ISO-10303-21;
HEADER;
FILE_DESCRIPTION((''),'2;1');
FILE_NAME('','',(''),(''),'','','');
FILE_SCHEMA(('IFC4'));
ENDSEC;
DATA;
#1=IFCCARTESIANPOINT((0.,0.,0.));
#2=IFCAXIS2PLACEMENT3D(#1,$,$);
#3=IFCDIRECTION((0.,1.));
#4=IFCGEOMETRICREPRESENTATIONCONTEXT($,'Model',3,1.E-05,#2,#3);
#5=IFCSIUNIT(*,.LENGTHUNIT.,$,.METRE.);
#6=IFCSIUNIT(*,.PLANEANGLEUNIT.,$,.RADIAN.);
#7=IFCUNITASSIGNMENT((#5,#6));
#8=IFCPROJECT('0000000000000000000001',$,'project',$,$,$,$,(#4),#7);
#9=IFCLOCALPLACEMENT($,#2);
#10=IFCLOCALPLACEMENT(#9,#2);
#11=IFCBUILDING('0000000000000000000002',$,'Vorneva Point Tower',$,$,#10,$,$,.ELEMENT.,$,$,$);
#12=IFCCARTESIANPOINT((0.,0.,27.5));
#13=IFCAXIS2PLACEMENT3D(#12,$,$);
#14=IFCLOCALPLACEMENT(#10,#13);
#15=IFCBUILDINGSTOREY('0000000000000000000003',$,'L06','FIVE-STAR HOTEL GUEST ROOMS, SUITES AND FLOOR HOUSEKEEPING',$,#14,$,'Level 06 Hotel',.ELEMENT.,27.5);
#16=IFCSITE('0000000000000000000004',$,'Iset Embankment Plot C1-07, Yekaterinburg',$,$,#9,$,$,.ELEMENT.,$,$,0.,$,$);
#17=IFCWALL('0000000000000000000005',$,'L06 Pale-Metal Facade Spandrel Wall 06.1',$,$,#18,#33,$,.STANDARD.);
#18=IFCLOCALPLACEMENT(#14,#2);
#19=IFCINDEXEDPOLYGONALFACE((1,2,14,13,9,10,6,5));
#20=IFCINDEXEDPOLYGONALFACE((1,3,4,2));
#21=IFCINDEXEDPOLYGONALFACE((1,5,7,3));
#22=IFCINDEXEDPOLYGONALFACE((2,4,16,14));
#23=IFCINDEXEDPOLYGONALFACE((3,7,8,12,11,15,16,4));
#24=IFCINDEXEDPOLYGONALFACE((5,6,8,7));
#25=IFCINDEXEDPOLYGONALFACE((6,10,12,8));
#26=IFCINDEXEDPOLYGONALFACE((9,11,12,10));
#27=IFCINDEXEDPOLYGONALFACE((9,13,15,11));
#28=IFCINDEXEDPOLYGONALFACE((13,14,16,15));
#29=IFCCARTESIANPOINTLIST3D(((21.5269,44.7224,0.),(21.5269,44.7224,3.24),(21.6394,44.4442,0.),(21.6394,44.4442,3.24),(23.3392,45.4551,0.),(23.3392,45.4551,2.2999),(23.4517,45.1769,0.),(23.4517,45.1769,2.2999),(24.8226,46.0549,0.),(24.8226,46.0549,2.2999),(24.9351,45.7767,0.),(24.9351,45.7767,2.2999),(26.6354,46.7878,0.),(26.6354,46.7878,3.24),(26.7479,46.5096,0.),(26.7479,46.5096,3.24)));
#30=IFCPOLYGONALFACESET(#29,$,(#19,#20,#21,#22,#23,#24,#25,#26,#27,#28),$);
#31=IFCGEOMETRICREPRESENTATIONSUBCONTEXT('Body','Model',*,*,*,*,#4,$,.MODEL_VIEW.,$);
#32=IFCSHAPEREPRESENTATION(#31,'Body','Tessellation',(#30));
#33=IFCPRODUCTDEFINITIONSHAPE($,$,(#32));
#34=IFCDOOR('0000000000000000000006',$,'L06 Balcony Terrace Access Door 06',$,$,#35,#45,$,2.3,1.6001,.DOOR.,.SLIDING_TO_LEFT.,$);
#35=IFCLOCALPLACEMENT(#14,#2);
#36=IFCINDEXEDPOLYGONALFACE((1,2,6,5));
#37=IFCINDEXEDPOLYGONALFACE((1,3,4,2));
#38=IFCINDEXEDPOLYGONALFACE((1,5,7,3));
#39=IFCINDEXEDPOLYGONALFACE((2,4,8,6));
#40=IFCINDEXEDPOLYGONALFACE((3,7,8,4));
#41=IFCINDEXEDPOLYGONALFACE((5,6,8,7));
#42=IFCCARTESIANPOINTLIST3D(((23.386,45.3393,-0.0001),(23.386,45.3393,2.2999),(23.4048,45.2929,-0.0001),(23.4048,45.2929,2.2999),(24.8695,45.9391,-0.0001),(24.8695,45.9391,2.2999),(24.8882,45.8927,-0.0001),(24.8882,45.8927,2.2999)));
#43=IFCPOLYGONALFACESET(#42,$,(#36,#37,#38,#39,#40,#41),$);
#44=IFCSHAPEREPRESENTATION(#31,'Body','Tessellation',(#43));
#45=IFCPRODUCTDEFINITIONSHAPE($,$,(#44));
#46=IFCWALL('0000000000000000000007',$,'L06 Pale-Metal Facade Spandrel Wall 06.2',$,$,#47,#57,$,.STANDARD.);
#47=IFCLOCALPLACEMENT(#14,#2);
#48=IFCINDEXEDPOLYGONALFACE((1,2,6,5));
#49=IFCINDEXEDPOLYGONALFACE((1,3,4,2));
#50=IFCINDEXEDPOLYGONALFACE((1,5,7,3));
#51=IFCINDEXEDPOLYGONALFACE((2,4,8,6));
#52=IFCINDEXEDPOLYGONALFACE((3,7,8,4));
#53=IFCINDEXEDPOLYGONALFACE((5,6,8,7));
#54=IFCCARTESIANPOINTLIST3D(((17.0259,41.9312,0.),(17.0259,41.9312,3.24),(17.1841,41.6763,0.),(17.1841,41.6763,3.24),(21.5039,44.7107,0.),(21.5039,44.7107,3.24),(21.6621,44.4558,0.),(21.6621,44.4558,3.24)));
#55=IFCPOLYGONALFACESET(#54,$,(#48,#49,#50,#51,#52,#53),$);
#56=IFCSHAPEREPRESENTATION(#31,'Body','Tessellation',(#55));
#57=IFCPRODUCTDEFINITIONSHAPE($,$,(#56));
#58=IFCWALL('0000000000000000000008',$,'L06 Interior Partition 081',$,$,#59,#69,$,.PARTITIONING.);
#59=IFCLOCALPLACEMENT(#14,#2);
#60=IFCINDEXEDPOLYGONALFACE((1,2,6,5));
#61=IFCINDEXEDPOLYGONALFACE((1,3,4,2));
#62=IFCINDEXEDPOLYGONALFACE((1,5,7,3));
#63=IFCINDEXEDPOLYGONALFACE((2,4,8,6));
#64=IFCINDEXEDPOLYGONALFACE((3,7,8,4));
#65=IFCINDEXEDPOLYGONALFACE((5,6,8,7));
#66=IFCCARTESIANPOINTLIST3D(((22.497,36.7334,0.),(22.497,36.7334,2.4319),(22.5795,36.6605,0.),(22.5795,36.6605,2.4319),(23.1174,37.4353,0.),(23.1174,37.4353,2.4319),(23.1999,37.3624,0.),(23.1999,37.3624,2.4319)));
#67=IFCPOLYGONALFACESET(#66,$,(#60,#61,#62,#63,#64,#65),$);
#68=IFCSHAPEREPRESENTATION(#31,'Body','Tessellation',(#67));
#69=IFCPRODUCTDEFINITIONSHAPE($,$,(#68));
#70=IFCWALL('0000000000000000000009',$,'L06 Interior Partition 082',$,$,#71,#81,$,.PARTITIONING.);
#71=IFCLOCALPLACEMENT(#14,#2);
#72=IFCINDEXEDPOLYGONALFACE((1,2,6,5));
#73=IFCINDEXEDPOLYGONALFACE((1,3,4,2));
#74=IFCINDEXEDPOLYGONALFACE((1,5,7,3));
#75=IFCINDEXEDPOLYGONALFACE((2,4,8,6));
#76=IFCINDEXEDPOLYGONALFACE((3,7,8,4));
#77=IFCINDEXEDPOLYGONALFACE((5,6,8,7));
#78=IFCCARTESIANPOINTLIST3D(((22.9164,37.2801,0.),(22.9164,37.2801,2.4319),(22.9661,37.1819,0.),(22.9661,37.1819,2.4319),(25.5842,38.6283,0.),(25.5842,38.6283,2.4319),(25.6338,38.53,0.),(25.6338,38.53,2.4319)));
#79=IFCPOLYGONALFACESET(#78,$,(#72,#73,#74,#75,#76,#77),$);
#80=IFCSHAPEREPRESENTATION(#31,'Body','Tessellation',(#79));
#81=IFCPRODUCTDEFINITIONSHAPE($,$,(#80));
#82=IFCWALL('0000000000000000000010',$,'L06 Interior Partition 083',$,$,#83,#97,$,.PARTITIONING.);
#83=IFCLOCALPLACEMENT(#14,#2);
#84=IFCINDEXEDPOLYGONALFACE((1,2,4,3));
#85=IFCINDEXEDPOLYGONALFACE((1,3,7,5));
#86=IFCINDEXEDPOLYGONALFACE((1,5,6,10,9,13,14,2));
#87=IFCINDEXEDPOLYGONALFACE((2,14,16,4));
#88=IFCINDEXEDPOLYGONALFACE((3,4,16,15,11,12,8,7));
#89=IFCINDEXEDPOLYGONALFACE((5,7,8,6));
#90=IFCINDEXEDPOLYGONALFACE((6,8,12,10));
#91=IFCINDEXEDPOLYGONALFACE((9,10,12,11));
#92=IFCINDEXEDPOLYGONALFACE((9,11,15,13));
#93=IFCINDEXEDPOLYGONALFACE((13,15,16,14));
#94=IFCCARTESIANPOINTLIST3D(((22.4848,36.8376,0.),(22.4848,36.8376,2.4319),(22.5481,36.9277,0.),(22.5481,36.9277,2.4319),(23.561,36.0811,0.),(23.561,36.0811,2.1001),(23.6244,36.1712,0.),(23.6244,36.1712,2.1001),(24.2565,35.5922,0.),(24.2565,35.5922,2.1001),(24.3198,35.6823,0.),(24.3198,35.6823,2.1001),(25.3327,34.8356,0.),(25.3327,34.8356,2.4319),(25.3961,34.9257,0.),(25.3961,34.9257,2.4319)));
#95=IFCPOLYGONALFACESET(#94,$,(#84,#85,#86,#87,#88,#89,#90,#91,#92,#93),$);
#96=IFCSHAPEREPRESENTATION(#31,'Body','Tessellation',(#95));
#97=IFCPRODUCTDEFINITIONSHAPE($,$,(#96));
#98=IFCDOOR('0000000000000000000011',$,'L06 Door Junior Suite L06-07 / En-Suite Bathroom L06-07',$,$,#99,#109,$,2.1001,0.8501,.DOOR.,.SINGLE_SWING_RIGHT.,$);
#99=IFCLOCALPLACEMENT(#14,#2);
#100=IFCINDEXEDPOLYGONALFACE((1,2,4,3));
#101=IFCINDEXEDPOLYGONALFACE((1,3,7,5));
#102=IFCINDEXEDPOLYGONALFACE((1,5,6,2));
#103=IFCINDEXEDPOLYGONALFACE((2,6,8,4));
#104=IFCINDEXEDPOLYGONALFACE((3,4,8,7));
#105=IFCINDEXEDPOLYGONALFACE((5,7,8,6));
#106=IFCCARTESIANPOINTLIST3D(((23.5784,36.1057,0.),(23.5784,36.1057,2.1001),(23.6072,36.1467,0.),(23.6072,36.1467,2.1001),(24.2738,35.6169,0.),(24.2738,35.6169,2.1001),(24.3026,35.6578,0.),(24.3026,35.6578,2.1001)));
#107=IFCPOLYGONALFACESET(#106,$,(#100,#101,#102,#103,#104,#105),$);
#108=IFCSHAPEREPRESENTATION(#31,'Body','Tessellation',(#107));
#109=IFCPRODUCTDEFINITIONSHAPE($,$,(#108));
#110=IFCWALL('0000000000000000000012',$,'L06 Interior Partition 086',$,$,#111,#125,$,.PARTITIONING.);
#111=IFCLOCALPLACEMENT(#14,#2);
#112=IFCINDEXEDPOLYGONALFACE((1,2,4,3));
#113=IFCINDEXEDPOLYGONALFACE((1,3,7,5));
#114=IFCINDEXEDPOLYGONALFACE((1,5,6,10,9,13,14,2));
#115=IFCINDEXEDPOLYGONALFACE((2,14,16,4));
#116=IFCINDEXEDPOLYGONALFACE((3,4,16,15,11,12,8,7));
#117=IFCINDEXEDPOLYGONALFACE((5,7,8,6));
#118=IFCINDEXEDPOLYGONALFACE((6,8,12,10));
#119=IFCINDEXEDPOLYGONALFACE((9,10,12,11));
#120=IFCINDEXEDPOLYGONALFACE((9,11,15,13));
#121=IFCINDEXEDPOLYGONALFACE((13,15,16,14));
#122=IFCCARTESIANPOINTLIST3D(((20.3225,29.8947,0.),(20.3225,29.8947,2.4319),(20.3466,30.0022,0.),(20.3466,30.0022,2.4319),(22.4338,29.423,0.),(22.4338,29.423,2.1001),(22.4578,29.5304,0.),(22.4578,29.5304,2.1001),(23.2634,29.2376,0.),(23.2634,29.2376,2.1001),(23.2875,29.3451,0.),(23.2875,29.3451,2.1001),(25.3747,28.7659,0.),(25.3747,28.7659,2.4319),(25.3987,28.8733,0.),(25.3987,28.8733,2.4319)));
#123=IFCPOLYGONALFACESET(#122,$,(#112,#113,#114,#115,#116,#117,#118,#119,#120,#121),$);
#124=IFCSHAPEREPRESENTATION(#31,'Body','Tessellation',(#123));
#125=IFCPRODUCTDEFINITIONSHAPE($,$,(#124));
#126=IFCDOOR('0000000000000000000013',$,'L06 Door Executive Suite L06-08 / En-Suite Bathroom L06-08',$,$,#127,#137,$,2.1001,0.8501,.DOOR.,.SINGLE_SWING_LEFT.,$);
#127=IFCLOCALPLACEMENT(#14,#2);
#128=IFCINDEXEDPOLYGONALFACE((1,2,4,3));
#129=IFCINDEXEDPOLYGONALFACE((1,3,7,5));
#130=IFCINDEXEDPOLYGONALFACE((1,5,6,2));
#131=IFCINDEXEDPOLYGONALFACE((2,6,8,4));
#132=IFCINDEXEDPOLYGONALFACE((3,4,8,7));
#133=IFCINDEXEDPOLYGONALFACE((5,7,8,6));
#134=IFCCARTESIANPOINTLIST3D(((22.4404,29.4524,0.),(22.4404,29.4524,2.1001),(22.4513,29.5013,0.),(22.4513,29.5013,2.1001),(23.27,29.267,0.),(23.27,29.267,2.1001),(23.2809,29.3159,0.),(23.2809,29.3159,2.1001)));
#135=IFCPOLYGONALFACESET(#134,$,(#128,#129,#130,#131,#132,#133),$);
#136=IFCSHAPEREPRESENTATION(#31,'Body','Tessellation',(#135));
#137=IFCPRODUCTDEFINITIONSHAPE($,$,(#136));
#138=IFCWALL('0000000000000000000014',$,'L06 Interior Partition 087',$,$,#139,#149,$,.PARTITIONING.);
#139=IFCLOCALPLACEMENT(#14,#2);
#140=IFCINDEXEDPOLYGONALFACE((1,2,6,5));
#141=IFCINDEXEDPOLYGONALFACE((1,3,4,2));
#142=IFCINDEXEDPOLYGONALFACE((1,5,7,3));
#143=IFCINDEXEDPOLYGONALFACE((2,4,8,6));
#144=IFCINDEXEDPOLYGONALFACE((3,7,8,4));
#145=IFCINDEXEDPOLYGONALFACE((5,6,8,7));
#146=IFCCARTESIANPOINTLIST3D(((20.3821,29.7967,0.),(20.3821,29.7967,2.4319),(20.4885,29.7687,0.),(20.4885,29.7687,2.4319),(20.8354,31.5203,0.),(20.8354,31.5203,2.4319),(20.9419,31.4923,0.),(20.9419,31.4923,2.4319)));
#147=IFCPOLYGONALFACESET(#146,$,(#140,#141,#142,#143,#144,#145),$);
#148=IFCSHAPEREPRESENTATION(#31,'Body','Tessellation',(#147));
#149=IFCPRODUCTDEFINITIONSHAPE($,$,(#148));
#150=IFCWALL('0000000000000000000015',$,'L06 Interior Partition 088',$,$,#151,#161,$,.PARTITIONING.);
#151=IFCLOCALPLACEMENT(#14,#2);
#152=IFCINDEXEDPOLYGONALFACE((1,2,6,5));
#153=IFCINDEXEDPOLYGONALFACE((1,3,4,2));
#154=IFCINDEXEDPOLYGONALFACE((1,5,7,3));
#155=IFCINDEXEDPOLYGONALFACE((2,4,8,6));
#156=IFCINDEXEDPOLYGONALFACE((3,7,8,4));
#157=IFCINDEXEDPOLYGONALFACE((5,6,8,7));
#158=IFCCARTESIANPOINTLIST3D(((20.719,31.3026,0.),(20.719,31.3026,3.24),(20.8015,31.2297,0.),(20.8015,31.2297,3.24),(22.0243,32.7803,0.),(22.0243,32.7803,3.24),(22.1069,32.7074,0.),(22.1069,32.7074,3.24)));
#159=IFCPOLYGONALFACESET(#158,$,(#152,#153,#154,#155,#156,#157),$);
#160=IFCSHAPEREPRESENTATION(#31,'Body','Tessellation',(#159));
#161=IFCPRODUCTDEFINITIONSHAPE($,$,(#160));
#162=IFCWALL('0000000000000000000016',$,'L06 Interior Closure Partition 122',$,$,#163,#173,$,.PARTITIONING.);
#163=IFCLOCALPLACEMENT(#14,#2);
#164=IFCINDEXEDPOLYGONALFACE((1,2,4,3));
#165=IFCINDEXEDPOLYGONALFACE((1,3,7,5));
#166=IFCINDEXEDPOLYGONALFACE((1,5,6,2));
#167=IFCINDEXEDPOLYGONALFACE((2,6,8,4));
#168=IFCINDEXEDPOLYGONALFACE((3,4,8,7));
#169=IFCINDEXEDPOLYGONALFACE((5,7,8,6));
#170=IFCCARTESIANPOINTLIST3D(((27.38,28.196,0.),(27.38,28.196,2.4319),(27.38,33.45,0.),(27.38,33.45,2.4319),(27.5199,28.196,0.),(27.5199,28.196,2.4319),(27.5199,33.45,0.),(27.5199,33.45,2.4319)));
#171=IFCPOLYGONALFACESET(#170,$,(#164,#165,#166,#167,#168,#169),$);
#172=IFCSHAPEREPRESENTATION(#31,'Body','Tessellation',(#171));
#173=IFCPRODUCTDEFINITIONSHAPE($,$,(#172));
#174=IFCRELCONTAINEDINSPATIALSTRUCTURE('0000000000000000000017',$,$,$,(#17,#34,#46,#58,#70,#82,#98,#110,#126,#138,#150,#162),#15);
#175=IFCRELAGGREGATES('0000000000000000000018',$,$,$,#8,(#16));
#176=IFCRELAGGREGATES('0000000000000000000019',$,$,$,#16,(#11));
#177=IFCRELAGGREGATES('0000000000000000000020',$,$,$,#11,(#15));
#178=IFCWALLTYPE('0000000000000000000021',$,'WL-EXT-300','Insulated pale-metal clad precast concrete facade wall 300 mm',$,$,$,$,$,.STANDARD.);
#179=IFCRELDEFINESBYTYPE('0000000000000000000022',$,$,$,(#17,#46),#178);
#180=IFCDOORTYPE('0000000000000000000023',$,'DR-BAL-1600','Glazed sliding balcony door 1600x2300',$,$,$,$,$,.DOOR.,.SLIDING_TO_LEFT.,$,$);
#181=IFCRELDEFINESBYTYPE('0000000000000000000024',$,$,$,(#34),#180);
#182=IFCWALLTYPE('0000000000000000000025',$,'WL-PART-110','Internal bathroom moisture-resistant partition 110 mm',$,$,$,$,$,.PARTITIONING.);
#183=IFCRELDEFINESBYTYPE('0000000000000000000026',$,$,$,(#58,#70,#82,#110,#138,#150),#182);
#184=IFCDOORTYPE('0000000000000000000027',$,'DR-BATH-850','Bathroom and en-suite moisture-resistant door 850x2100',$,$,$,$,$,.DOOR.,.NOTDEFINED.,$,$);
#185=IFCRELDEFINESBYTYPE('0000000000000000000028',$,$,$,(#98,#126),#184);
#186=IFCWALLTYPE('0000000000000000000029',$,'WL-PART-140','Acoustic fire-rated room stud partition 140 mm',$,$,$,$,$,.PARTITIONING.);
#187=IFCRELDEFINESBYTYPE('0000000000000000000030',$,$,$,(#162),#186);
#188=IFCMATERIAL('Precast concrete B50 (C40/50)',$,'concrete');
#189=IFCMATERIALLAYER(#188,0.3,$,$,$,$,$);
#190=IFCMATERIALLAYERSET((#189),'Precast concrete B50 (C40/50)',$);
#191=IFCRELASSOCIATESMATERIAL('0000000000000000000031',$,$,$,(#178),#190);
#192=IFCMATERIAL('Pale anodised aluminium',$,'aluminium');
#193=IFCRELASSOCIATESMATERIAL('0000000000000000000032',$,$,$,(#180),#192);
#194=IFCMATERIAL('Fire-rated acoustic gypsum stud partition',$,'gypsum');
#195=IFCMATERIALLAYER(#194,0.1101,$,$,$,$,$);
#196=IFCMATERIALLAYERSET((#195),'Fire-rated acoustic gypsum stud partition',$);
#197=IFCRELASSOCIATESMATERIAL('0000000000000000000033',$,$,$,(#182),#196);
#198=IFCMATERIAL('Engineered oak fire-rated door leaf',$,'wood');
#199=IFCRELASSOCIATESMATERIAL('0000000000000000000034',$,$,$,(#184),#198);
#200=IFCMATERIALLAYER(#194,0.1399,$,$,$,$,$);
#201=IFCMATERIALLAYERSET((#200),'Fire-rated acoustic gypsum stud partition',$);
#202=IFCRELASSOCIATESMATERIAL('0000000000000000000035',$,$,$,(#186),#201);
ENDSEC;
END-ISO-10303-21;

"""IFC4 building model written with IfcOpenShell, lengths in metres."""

from ifc_helpers import new_model, si_unit, direction, frame, frame_2d, origin, place, context, subcontext, project, spatial, rectangle, extrude, material, layer, layer_set, type_object, element, fill, save


model = new_model("IFC4")

# Units and contexts
model_context = context("Model", 3, precision=1e-05, world=origin(), true_north=direction((0.0, 1.0)))
body_context = subcontext(model_context, "Body", "Model", "MODEL_VIEW")
ifc_project = project(units=[si_unit("LENGTHUNIT", "METRE"), si_unit("PLANEANGLEUNIT", "RADIAN")], contexts=[model_context])

# Site, building, storey
site_placement = place(None, origin())
site = spatial("IfcSite", under=ifc_project, at=site_placement, Name="Iset Embankment Plot C1-07, Yekaterinburg", CompositionType="ELEMENT", RefElevation=0.0)
building_placement = place(site_placement, origin())
building = spatial("IfcBuilding", under=site, at=building_placement, Name="Vorneva Point Tower", CompositionType="ELEMENT")
storey_placement = place(building_placement, frame((0.0, 0.0, 27.5)))
storey = spatial("IfcBuildingStorey", under=building, at=storey_placement, Name="L06", Description="FIVE-STAR HOTEL GUEST ROOMS, SUITES AND FLOOR HOUSEKEEPING", LongName="Level 06 Hotel", CompositionType="ELEMENT", Elevation=27.5)

# Shared definitions
ifc_material_1 = material(Name="Pale anodised aluminium", Category="aluminium")

# Wall, opening, door
ifc_material_2 = material(Name="Precast concrete B50 (C40/50)", Category="concrete")
ifc_layer_1 = layer(ifc_material_2, 0.3)
ifc_layer_set_1 = layer_set([ifc_layer_1], Name="Precast concrete B50 (C40/50)")
wall_type_1 = type_object("IfcWallType", Name="WL-EXT-300", Description="Insulated pale-metal clad precast concrete facade wall 300 mm", PredefinedType="STANDARD", material=ifc_layer_set_1)
wall_1_placement = place(storey_placement, frame((26.6917, 46.6487, 0.0), z_axis=(0.0, 0.0, 1.0), x_axis=(-0.927095, -0.374826, 0.0)))
wall_1 = element("IfcWall", 1, at=wall_1_placement, inside=storey, type_object=wall_type_1, Name="L06 Pale-Metal Facade Spandrel Wall 06.1", PredefinedType="STANDARD", context=body_context, shape_type="SweptSolid", body=[
    extrude(rectangle(XDim=5.5103, YDim=0.3, at=frame_2d((2.7551, 0.0))), origin(), (0.0, 0.0, 1.0), 3.24),
])
opening_1_placement = place(wall_1_placement, frame((1.9553, 0.0, 0.0)))
opening_1 = element("IfcOpeningElement", 2, at=opening_1_placement, cuts=wall_1, PredefinedType="OPENING", context=body_context, shape_type="SweptSolid", body=[
    extrude(rectangle(XDim=1.6001, YDim=2.3, at=frame_2d((0.8, 1.1499))), frame((0.0, 0.165, 0.0), z_axis=(0.0, -1.0, 0.0), x_axis=(1.0, 0.0, 0.0)), (0.0, 0.0, 1.0), 0.3298),
])
door_type_1 = type_object("IfcDoorType", Name="DR-BAL-1600", Description="Glazed sliding balcony door 1600x2300", OperationType="SLIDING_TO_LEFT", PredefinedType="DOOR", material=ifc_material_1)
door_1_placement = place(opening_1_placement, origin())
door_1 = element("IfcDoor", 3, at=door_1_placement, inside=storey, type_object=door_type_1, Name="L06 Balcony Terrace Access Door 06", OperationType="SLIDING_TO_LEFT", OverallHeight=2.3, OverallWidth=1.6001, PredefinedType="DOOR", context=body_context, shape_type="SweptSolid", body=[
    extrude(rectangle(XDim=1.6001, YDim=2.3, at=frame_2d((0.8, 1.1499))), frame((0.0, 0.0249, 0.0), z_axis=(0.0, -1.0, 0.0), x_axis=(1.0, 0.0, 0.0)), (0.0, 0.0, 1.0), 0.05),
])
fill(opening_1, door_1)

# Walls
wall_2_placement = place(storey_placement, frame((21.583, 44.5833, 0.0), z_axis=(0.0, 0.0, 1.0), x_axis=(-0.849634, -0.527373, 0.0)))
element("IfcWall", 4, at=wall_2_placement, inside=storey, type_object=wall_type_1, Name="L06 Pale-Metal Facade Spandrel Wall 06.2", PredefinedType="STANDARD", context=body_context, shape_type="SweptSolid", body=[
    extrude(rectangle(XDim=5.2705, YDim=0.3, at=frame_2d((2.6353, 0.0))), origin(), (0.0, 0.0, 1.0), 3.24),
])
ifc_material_3 = material(Name="Fire-rated acoustic gypsum stud partition", Category="gypsum")
ifc_layer_2 = layer(ifc_material_3, 0.1101)
ifc_layer_set_2 = layer_set([ifc_layer_2], Name="Fire-rated acoustic gypsum stud partition")
wall_type_2 = type_object("IfcWallType", Name="WL-PART-110", Description="Internal bathroom moisture-resistant partition 110 mm", PredefinedType="PARTITIONING", material=ifc_layer_set_2)
wall_3_placement = place(storey_placement, frame((22.5383, 36.697, 0.0), z_axis=(0.0, 0.0, 1.0), x_axis=(0.662242, 0.74929, 0.0)))
element("IfcWall", 5, at=wall_3_placement, inside=storey, type_object=wall_type_2, Name="L06 Interior Partition 081", PredefinedType="PARTITIONING", context=body_context, shape_type="SweptSolid", body=[
    extrude(rectangle(XDim=0.9368, YDim=0.1101, at=frame_2d((0.4683, 0.0))), origin(), (0.0, 0.0, 1.0), 2.4319),
])
wall_4_placement = place(storey_placement, frame((22.9412, 37.231, 0.0), z_axis=(0.0, 0.0, 1.0), x_axis=(0.892508, 0.451032, 0.0)))
element("IfcWall", 6, at=wall_4_placement, inside=storey, type_object=wall_type_2, Name="L06 Interior Partition 082", PredefinedType="PARTITIONING", context=body_context, shape_type="SweptSolid", body=[
    extrude(rectangle(XDim=2.989, YDim=0.1101, at=frame_2d((1.4946, 0.0))), origin(), (0.0, 0.0, 1.0), 2.4319),
])

# Walls, openings, doors
wall_5_placement = place(storey_placement, frame((25.3645, 34.8806, 0.0), z_axis=(0.0, 0.0, 1.0), x_axis=(-0.818094, 0.575085, 0.0)))
wall_5 = element("IfcWall", 7, at=wall_5_placement, inside=storey, type_object=wall_type_2, Name="L06 Interior Partition 083", PredefinedType="PARTITIONING", context=body_context, shape_type="SweptSolid", body=[
    extrude(rectangle(XDim=3.4812, YDim=0.1101, at=frame_2d((1.7407, 0.0))), origin(), (0.0, 0.0, 1.0), 2.4319),
])
opening_2_placement = place(wall_5_placement, frame((1.3157, 0.0, 0.0)))
opening_2 = element("IfcOpeningElement", 8, at=opening_2_placement, cuts=wall_5, PredefinedType="OPENING", context=body_context, shape_type="SweptSolid", body=[
    extrude(rectangle(XDim=0.8501, YDim=2.1001, at=frame_2d((0.425, 1.05))), frame((0.0, 0.0698, 0.0), z_axis=(0.0, -1.0, 0.0), x_axis=(1.0, 0.0, 0.0)), (0.0, 0.0, 1.0), 0.1399),
])
ifc_material_4 = material(Name="Engineered oak fire-rated door leaf", Category="wood")
door_type_2 = type_object("IfcDoorType", Name="DR-BATH-850", Description="Bathroom and en-suite moisture-resistant door 850x2100", OperationType="NOTDEFINED", PredefinedType="DOOR", material=ifc_material_4)
door_2_placement = place(opening_2_placement, origin())
door_2 = element("IfcDoor", 9, at=door_2_placement, inside=storey, type_object=door_type_2, Name="L06 Door Junior Suite L06-07 / En-Suite Bathroom L06-07", OperationType="SINGLE_SWING_RIGHT", OverallHeight=2.1001, OverallWidth=0.8501, PredefinedType="DOOR", context=body_context, shape_type="SweptSolid", body=[
    extrude(rectangle(XDim=0.8501, YDim=2.1001, at=frame_2d((0.425, 1.05))), frame((0.0, 0.0249, 0.0), z_axis=(0.0, -1.0, 0.0), x_axis=(1.0, 0.0, 0.0)), (0.0, 0.0, 1.0), 0.05),
])
fill(opening_2, door_2)
wall_6_placement = place(storey_placement, frame((25.3867, 28.8196, 0.0), z_axis=(0.0, 0.0, 1.0), x_axis=(-0.975933, 0.218069, 0.0)))
wall_6 = element("IfcWall", 10, at=wall_6_placement, inside=storey, type_object=wall_type_2, Name="L06 Interior Partition 086", PredefinedType="PARTITIONING", context=body_context, shape_type="SweptSolid", body=[
    extrude(rectangle(XDim=5.1768, YDim=0.1101, at=frame_2d((2.5884, 0.0))), origin(), (0.0, 0.0, 1.0), 2.4319),
])
opening_3_placement = place(wall_6_placement, frame((2.1633, 0.0, 0.0)))
opening_3 = element("IfcOpeningElement", 11, at=opening_3_placement, cuts=wall_6, PredefinedType="OPENING", context=body_context, shape_type="SweptSolid", body=[
    extrude(rectangle(XDim=0.8501, YDim=2.1001, at=frame_2d((0.425, 1.05))), frame((0.0, 0.0698, 0.0), z_axis=(0.0, -1.0, 0.0), x_axis=(1.0, 0.0, 0.0)), (0.0, 0.0, 1.0), 0.1399),
])
door_3_placement = place(opening_3_placement, origin())
door_3 = element("IfcDoor", 12, at=door_3_placement, inside=storey, type_object=door_type_2, Name="L06 Door Executive Suite L06-08 / En-Suite Bathroom L06-08", OperationType="SINGLE_SWING_LEFT", OverallHeight=2.1001, OverallWidth=0.8501, PredefinedType="DOOR", context=body_context, shape_type="SweptSolid", body=[
    extrude(rectangle(XDim=0.8501, YDim=2.1001, at=frame_2d((0.425, 1.05))), frame((0.0, 0.0249, 0.0), z_axis=(0.0, -1.0, 0.0), x_axis=(1.0, 0.0, 0.0)), (0.0, 0.0, 1.0), 0.05),
])
fill(opening_3, door_3)

# Walls
wall_7_placement = place(storey_placement, frame((20.4353, 29.7827, 0.0), z_axis=(0.0, 0.0, 1.0), x_axis=(0.254379, 0.967105, 0.0)))
element("IfcWall", 13, at=wall_7_placement, inside=storey, type_object=wall_type_2, Name="L06 Interior Partition 087", PredefinedType="PARTITIONING", context=body_context, shape_type="SweptSolid", body=[
    extrude(rectangle(XDim=1.7822, YDim=0.1101, at=frame_2d((0.8911, 0.0))), origin(), (0.0, 0.0, 1.0), 2.4319),
])
wall_8_placement = place(storey_placement, frame((20.7603, 31.2661, 0.0), z_axis=(0.0, 0.0, 1.0), x_axis=(0.662047, 0.749462, 0.0)))
element("IfcWall", 14, at=wall_8_placement, inside=storey, type_object=wall_type_2, Name="L06 Interior Partition 088", PredefinedType="PARTITIONING", context=body_context, shape_type="SweptSolid", body=[
    extrude(rectangle(XDim=1.9717, YDim=0.1101, at=frame_2d((0.9858, 0.0))), origin(), (0.0, 0.0, 1.0), 3.24),
])
ifc_layer_3 = layer(ifc_material_3, 0.1399)
ifc_layer_set_3 = layer_set([ifc_layer_3], Name="Fire-rated acoustic gypsum stud partition")
wall_type_3 = type_object("IfcWallType", Name="WL-PART-140", Description="Acoustic fire-rated room stud partition 140 mm", PredefinedType="PARTITIONING", material=ifc_layer_set_3)
wall_9_placement = place(storey_placement, frame((27.45, 28.196, 0.0), z_axis=(0.0, 0.0, 1.0), x_axis=(0.0, 1.0, 0.0)))
element("IfcWall", 15, at=wall_9_placement, inside=storey, type_object=wall_type_3, Name="L06 Interior Closure Partition 122", PredefinedType="PARTITIONING", context=body_context, shape_type="SweptSolid", body=[
    extrude(rectangle(XDim=5.2539, YDim=0.1399, at=frame_2d((2.627, 0.0))), origin(), (0.0, 0.0, 1.0), 2.4319),
])

save(model, "model.ifc")
